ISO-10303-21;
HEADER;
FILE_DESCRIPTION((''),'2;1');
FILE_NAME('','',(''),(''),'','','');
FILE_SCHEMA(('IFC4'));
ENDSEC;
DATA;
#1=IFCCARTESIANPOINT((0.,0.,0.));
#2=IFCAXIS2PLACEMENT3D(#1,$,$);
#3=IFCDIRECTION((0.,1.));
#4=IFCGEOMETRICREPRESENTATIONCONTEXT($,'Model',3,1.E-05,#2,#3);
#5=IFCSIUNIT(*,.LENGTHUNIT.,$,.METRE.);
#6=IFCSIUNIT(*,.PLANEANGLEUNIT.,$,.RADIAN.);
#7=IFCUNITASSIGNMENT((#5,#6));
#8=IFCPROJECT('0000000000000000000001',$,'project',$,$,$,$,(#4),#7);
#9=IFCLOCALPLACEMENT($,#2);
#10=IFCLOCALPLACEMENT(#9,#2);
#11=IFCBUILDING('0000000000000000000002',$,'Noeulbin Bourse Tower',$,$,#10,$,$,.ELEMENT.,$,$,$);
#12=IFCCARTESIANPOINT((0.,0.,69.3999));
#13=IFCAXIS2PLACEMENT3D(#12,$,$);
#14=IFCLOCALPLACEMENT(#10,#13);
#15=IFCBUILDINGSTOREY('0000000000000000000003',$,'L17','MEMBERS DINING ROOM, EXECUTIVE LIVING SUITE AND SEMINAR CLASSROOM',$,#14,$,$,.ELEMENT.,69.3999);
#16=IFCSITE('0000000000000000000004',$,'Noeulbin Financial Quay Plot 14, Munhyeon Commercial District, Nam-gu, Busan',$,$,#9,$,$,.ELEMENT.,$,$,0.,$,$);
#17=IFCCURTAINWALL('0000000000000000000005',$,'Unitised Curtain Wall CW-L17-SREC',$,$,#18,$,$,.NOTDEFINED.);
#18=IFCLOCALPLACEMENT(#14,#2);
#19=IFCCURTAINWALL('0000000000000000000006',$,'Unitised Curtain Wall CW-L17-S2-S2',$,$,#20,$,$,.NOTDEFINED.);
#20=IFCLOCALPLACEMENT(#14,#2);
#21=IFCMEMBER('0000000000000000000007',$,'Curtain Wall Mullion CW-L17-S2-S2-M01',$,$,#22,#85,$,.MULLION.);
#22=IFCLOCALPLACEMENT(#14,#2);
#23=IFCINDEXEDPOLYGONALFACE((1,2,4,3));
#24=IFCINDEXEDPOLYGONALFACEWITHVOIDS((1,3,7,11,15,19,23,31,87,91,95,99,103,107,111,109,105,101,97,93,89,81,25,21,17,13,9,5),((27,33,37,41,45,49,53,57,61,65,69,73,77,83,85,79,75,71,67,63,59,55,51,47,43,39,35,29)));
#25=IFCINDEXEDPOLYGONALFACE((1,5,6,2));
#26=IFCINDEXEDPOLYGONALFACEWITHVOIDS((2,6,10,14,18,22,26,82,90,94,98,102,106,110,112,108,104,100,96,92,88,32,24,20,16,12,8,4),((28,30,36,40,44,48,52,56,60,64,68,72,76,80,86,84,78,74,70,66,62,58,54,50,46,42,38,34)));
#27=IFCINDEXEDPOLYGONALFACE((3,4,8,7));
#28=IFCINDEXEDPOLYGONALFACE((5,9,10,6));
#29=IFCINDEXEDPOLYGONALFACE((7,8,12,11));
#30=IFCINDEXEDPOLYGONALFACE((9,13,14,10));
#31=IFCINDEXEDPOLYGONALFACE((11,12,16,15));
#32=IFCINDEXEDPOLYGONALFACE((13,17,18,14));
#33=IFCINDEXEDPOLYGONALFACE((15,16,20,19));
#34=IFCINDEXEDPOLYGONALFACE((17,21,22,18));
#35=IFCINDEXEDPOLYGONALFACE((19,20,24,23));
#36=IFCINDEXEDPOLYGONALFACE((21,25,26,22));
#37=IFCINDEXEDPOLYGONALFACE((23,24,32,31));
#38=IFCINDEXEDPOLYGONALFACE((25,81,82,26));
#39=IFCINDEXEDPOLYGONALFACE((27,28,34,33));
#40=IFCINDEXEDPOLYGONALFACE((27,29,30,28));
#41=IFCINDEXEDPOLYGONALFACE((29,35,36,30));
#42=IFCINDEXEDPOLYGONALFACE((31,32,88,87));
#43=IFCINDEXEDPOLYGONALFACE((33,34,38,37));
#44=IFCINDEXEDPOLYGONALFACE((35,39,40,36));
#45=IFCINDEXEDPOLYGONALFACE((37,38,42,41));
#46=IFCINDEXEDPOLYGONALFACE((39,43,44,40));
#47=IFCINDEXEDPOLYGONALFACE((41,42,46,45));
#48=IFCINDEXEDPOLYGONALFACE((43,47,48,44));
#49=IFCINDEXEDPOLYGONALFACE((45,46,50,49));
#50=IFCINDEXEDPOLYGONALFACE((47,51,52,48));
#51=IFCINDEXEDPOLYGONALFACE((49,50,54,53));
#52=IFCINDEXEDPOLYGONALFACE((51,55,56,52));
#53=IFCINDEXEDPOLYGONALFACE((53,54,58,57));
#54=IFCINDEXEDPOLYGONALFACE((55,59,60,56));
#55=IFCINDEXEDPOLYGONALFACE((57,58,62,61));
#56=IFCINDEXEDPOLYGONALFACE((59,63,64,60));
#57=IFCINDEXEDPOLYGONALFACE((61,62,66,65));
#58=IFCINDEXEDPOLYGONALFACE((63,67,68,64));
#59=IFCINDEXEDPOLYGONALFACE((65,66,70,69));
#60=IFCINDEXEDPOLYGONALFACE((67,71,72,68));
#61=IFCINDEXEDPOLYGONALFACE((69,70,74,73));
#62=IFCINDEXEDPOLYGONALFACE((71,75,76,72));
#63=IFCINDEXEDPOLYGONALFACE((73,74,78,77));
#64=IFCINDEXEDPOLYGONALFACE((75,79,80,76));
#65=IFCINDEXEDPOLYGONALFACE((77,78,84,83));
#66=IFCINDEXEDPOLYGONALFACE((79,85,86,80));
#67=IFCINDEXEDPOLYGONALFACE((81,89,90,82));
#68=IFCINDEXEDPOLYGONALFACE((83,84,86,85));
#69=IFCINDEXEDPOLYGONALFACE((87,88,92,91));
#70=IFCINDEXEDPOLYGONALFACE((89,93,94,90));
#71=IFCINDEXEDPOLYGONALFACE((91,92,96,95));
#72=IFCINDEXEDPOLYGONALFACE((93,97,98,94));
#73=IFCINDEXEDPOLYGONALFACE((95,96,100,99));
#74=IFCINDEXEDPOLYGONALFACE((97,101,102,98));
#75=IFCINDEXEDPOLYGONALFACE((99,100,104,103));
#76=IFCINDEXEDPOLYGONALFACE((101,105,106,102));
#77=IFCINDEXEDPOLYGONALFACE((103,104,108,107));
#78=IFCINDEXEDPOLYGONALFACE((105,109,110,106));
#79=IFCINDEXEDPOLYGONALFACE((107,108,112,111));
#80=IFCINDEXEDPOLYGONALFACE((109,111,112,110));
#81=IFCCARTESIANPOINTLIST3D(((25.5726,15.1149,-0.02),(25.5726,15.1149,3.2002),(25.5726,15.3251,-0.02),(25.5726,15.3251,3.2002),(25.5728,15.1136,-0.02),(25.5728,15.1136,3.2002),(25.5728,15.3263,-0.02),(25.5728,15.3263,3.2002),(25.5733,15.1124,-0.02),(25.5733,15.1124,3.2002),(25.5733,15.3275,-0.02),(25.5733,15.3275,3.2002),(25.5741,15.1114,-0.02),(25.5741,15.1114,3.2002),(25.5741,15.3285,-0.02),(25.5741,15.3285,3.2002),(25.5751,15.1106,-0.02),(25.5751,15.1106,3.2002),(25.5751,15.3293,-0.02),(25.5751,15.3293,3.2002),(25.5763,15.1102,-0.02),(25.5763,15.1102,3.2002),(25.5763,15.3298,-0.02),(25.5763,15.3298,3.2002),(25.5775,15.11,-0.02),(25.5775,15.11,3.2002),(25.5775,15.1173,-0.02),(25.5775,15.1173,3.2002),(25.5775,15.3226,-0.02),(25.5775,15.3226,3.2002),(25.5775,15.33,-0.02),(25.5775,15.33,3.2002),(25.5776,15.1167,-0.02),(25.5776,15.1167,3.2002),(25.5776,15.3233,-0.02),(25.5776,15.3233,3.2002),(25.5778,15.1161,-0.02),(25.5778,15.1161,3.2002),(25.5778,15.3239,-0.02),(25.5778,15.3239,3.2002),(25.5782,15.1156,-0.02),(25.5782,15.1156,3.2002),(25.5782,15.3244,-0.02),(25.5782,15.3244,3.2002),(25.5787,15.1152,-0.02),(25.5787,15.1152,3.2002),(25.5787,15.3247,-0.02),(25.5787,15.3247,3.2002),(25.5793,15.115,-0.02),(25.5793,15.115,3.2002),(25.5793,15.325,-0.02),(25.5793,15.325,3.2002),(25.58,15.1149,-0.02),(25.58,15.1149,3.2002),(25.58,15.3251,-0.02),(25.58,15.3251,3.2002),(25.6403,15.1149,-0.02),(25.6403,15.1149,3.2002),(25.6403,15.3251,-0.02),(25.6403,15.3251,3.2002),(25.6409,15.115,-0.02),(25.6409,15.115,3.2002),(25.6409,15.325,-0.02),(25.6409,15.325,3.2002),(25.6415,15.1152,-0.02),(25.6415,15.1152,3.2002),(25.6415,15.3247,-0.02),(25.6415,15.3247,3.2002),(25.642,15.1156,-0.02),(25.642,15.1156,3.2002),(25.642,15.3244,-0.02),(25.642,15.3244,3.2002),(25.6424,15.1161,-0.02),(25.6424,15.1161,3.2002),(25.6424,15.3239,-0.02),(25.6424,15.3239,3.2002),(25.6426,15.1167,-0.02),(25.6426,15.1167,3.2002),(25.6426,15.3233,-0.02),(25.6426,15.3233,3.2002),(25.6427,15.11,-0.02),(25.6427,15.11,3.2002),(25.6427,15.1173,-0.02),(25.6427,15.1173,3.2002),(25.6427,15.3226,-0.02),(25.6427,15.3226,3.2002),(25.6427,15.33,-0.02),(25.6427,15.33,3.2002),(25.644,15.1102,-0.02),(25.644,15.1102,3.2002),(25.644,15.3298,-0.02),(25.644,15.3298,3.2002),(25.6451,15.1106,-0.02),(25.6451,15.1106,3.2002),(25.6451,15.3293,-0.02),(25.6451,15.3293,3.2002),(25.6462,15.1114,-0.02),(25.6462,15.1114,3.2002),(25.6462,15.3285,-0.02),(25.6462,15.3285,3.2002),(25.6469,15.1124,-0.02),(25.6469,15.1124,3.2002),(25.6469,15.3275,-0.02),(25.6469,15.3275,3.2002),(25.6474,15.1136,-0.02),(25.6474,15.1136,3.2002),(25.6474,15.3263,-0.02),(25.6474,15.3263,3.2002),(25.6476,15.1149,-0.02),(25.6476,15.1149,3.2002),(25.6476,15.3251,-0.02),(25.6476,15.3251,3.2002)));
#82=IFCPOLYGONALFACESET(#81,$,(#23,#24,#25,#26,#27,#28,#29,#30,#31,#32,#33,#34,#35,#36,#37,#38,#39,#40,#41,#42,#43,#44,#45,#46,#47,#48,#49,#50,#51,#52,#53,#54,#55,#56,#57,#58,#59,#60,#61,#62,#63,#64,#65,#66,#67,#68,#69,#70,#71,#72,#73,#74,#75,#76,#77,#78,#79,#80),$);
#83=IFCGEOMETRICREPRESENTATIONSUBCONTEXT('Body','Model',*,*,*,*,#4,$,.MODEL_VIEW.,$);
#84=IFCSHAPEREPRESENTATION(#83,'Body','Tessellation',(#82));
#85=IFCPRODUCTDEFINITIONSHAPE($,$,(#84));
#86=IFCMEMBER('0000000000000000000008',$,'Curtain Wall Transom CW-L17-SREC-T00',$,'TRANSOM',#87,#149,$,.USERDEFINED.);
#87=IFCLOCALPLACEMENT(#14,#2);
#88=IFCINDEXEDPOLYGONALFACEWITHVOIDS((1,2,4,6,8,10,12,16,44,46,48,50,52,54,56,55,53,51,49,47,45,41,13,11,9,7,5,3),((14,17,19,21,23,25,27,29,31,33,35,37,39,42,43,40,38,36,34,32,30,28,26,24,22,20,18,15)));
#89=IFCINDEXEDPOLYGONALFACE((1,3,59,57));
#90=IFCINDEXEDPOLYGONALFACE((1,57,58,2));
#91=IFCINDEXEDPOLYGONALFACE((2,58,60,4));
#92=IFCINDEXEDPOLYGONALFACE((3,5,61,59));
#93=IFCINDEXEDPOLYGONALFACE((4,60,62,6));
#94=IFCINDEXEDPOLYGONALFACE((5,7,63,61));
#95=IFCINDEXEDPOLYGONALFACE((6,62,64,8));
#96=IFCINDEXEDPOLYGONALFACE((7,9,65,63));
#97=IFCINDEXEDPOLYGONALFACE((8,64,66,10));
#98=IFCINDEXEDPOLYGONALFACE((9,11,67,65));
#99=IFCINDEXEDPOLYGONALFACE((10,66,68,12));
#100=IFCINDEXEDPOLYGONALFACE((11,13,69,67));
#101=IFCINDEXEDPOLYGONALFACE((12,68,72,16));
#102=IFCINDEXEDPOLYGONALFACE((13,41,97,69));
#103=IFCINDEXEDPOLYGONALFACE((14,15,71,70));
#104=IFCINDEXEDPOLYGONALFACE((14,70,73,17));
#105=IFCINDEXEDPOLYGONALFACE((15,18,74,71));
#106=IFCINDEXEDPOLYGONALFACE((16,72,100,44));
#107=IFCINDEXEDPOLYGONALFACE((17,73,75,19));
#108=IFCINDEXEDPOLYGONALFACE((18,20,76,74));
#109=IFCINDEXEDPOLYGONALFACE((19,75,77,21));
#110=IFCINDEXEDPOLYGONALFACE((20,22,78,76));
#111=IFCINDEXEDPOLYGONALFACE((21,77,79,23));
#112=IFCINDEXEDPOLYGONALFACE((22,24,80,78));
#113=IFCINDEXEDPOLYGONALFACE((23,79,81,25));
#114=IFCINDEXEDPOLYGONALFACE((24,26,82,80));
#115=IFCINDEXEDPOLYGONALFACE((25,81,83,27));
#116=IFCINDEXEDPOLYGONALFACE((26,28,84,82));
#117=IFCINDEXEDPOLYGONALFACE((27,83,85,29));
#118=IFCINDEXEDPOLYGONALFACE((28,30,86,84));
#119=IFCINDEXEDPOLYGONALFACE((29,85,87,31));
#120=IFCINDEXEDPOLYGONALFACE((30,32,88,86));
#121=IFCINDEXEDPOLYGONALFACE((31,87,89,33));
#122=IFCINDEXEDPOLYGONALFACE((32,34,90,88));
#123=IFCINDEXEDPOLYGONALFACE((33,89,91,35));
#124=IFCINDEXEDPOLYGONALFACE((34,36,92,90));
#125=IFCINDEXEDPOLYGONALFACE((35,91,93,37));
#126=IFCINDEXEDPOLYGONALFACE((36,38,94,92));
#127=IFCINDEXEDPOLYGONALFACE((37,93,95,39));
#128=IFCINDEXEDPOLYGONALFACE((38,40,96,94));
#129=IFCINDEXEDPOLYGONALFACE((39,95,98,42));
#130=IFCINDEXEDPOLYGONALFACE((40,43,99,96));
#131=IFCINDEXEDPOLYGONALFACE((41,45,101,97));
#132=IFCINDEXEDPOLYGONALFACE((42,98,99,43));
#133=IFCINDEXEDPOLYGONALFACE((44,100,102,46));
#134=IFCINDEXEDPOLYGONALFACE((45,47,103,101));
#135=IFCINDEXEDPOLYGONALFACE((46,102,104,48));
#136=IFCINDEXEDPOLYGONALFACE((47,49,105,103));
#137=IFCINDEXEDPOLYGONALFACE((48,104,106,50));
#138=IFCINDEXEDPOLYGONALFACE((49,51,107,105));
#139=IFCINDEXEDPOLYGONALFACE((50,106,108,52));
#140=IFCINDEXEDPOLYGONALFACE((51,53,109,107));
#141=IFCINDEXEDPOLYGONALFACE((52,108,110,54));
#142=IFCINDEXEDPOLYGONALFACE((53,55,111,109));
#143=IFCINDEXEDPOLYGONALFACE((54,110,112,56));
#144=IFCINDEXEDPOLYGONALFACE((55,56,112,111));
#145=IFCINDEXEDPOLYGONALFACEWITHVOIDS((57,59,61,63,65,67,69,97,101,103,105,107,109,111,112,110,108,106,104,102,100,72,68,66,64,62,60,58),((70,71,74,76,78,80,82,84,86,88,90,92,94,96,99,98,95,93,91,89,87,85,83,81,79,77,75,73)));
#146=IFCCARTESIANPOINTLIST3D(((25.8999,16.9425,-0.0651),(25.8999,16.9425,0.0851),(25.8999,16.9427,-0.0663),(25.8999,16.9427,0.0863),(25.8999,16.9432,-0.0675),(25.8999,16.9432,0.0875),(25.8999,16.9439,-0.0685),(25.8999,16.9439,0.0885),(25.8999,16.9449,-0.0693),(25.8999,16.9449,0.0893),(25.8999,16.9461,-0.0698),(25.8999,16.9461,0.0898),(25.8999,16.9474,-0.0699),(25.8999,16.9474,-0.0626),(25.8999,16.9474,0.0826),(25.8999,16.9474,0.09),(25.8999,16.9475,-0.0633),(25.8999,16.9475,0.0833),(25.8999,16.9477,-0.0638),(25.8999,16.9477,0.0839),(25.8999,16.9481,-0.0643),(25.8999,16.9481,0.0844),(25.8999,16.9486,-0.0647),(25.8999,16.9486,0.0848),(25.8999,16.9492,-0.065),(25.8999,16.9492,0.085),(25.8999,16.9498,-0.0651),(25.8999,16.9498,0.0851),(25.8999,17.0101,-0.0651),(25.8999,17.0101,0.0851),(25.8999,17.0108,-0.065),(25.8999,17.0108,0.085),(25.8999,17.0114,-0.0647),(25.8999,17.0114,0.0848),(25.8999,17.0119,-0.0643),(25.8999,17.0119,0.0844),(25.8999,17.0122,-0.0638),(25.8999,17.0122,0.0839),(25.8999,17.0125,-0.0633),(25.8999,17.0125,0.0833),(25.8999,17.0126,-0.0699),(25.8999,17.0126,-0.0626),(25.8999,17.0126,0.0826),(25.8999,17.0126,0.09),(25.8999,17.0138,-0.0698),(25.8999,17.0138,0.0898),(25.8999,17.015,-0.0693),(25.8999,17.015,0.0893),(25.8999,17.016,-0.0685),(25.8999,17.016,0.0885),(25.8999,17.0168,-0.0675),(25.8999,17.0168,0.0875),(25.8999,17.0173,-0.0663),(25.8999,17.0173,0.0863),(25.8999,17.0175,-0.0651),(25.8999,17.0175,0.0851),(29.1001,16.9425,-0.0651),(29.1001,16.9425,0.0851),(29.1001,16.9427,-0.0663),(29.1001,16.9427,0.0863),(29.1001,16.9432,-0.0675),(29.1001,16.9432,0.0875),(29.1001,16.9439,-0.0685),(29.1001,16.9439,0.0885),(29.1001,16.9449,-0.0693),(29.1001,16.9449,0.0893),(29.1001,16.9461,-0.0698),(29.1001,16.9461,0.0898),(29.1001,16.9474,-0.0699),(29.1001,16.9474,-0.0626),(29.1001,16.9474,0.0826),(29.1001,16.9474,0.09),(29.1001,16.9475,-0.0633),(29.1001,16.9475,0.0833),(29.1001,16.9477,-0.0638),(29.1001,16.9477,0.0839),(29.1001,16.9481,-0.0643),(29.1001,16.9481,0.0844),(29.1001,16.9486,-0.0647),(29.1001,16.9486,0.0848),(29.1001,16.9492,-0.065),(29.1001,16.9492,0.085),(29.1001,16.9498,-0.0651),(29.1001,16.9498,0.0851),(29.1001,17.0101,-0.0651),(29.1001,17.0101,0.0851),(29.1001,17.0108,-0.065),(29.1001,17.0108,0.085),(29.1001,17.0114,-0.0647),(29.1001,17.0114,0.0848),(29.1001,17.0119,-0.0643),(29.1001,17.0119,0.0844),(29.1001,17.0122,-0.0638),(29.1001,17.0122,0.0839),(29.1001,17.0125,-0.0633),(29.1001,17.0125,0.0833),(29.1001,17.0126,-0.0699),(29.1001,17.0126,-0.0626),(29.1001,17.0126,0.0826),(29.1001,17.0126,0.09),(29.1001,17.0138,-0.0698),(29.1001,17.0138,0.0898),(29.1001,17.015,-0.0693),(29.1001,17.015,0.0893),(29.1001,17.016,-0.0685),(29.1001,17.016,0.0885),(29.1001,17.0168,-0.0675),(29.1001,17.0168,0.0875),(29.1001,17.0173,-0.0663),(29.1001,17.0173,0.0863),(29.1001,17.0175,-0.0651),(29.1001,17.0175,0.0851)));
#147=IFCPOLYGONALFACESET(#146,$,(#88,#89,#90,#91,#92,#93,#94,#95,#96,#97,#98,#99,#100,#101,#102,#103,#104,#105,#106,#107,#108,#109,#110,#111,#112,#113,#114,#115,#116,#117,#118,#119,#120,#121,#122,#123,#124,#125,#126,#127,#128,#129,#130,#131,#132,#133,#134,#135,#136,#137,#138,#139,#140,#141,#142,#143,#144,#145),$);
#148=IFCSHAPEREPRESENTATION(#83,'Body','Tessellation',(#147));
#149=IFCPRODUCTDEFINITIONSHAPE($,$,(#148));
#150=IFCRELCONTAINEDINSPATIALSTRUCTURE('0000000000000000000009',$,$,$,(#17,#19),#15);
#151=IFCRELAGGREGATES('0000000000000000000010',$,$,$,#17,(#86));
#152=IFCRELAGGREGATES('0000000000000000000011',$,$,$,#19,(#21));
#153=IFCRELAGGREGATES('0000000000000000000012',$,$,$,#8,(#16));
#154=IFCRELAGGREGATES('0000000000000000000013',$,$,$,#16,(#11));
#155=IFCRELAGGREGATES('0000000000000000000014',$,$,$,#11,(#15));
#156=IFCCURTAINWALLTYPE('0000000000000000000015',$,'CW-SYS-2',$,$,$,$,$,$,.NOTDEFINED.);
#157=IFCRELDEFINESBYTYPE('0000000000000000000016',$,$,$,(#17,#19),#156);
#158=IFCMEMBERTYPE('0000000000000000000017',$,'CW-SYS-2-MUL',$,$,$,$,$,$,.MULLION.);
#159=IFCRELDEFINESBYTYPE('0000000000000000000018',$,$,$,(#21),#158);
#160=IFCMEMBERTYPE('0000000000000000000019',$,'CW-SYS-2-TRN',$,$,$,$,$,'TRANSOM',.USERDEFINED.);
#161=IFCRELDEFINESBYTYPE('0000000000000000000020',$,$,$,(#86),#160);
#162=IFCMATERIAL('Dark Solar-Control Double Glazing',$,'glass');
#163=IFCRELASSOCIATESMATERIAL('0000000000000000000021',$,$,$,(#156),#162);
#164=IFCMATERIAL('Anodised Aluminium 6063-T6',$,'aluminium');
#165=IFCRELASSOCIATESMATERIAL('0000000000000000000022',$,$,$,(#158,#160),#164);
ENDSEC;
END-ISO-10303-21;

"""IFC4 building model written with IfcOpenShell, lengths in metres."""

from ifc_helpers import new_model, si_unit, direction, frame, origin, origin_2d, place, context, subcontext, project, spatial, hollow_rectangle, extrude, material, material_profile, profile_set, type_object, element, aggregate, save


model = new_model("IFC4")

# Units and contexts
model_context = context("Model", 3, precision=1e-05, world=origin(), true_north=direction((0.0, 1.0)))
body_context = subcontext(model_context, "Body", "Model", "MODEL_VIEW")
ifc_project = project(units=[si_unit("LENGTHUNIT", "METRE"), si_unit("PLANEANGLEUNIT", "RADIAN")], contexts=[model_context])

# Site, building, storey
site_placement = place(None, origin())
site = spatial("IfcSite", under=ifc_project, at=site_placement, Name="Noeulbin Financial Quay Plot 14, Munhyeon Commercial District, Nam-gu, Busan", CompositionType="ELEMENT", RefElevation=0.0)
building_placement = place(site_placement, origin())
building = spatial("IfcBuilding", under=site, at=building_placement, Name="Noeulbin Bourse Tower", CompositionType="ELEMENT")
storey_placement = place(building_placement, frame((0.0, 0.0, 69.3999)))
storey = spatial("IfcBuildingStorey", under=building, at=storey_placement, Name="L17", Description="MEMBERS DINING ROOM, EXECUTIVE LIVING SUITE AND SEMINAR CLASSROOM", CompositionType="ELEMENT", Elevation=69.3999)

# Curtain wall
ifc_material_1 = material(Name="Dark Solar-Control Double Glazing", Category="glass")
curtain_wall_type = type_object("IfcCurtainWallType", Name="CW-SYS-2", PredefinedType="NOTDEFINED", material=ifc_material_1)
curtain_wall_1_placement = place(storey_placement, origin())
curtain_wall_1 = element("IfcCurtainWall", 1, at=curtain_wall_1_placement, inside=storey, type_object=curtain_wall_type, Name="Unitised Curtain Wall CW-L17-SREC", PredefinedType="NOTDEFINED")
ifc_material_2 = material(Name="Anodised Aluminium 6063-T6", Category="aluminium")
ifc_material_profile_1 = material_profile(ifc_material_2, hollow_rectangle(XDim=0.075, YDim=0.22, WallThickness=0.0049, InnerFilletRadius=0.0024, OuterFilletRadius=0.0049, at=origin_2d()), Name="ALU-MULL-75x220x5", Category="LoadBearing")
ifc_profile_set_1 = profile_set([ifc_material_profile_1], Name="Anodised Aluminium 6063-T6")
member_type_1 = type_object("IfcMemberType", Name="CW-SYS-2-MUL", PredefinedType="MULLION", material=ifc_profile_set_1)

# Curtain wall, member
curtain_wall_2_placement = place(storey_placement, origin())
curtain_wall_2 = element("IfcCurtainWall", 2, at=curtain_wall_2_placement, inside=storey, type_object=curtain_wall_type, Name="Unitised Curtain Wall CW-L17-S2-S2", PredefinedType="NOTDEFINED")
member_1_placement = place(storey_placement, frame((25.6101, 15.22, -0.02), z_axis=(0.0, 0.0, 1.0), x_axis=(1.0, 0.0, 0.0)))
member_1 = element("IfcMember", 3, at=member_1_placement, type_object=member_type_1, Name="Curtain Wall Mullion CW-L17-S2-S2-M01", PredefinedType="MULLION", context=body_context, shape_type="SweptSolid", body=[
    extrude(hollow_rectangle(XDim=0.075, YDim=0.22, WallThickness=0.0049, InnerFilletRadius=0.0024, OuterFilletRadius=0.0049, at=origin_2d()), origin(), (0.0, 0.0, 1.0), 3.2202),
])

# Member
ifc_material_profile_2 = material_profile(ifc_material_2, hollow_rectangle(XDim=0.075, YDim=0.1599, WallThickness=0.0049, InnerFilletRadius=0.0024, OuterFilletRadius=0.0049, at=origin_2d()), Name="ALU-TRAN-75x160x5", Category="LoadBearing")
ifc_profile_set_2 = profile_set([ifc_material_profile_2], Name="Anodised Aluminium 6063-T6")
member_type_2 = type_object("IfcMemberType", Name="CW-SYS-2-TRN", ElementType="TRANSOM", PredefinedType="USERDEFINED", material=ifc_profile_set_2)
member_2_placement = place(storey_placement, frame((25.8999, 16.98, 0.01), z_axis=(1.0, 0.0, 0.0), x_axis=(0.0, 1.0, 0.0)))
member_2 = element("IfcMember", 4, at=member_2_placement, type_object=member_type_2, Name="Curtain Wall Transom CW-L17-SREC-T00", ObjectType="TRANSOM", PredefinedType="USERDEFINED", context=body_context, shape_type="SweptSolid", body=[
    extrude(hollow_rectangle(XDim=0.075, YDim=0.1599, WallThickness=0.0049, InnerFilletRadius=0.0024, OuterFilletRadius=0.0049, at=origin_2d()), origin(), (0.0, 0.0, 1.0), 3.2002),
])

aggregate(curtain_wall_1, [member_2])
aggregate(curtain_wall_2, [member_1])

save(model, "model.ifc")
